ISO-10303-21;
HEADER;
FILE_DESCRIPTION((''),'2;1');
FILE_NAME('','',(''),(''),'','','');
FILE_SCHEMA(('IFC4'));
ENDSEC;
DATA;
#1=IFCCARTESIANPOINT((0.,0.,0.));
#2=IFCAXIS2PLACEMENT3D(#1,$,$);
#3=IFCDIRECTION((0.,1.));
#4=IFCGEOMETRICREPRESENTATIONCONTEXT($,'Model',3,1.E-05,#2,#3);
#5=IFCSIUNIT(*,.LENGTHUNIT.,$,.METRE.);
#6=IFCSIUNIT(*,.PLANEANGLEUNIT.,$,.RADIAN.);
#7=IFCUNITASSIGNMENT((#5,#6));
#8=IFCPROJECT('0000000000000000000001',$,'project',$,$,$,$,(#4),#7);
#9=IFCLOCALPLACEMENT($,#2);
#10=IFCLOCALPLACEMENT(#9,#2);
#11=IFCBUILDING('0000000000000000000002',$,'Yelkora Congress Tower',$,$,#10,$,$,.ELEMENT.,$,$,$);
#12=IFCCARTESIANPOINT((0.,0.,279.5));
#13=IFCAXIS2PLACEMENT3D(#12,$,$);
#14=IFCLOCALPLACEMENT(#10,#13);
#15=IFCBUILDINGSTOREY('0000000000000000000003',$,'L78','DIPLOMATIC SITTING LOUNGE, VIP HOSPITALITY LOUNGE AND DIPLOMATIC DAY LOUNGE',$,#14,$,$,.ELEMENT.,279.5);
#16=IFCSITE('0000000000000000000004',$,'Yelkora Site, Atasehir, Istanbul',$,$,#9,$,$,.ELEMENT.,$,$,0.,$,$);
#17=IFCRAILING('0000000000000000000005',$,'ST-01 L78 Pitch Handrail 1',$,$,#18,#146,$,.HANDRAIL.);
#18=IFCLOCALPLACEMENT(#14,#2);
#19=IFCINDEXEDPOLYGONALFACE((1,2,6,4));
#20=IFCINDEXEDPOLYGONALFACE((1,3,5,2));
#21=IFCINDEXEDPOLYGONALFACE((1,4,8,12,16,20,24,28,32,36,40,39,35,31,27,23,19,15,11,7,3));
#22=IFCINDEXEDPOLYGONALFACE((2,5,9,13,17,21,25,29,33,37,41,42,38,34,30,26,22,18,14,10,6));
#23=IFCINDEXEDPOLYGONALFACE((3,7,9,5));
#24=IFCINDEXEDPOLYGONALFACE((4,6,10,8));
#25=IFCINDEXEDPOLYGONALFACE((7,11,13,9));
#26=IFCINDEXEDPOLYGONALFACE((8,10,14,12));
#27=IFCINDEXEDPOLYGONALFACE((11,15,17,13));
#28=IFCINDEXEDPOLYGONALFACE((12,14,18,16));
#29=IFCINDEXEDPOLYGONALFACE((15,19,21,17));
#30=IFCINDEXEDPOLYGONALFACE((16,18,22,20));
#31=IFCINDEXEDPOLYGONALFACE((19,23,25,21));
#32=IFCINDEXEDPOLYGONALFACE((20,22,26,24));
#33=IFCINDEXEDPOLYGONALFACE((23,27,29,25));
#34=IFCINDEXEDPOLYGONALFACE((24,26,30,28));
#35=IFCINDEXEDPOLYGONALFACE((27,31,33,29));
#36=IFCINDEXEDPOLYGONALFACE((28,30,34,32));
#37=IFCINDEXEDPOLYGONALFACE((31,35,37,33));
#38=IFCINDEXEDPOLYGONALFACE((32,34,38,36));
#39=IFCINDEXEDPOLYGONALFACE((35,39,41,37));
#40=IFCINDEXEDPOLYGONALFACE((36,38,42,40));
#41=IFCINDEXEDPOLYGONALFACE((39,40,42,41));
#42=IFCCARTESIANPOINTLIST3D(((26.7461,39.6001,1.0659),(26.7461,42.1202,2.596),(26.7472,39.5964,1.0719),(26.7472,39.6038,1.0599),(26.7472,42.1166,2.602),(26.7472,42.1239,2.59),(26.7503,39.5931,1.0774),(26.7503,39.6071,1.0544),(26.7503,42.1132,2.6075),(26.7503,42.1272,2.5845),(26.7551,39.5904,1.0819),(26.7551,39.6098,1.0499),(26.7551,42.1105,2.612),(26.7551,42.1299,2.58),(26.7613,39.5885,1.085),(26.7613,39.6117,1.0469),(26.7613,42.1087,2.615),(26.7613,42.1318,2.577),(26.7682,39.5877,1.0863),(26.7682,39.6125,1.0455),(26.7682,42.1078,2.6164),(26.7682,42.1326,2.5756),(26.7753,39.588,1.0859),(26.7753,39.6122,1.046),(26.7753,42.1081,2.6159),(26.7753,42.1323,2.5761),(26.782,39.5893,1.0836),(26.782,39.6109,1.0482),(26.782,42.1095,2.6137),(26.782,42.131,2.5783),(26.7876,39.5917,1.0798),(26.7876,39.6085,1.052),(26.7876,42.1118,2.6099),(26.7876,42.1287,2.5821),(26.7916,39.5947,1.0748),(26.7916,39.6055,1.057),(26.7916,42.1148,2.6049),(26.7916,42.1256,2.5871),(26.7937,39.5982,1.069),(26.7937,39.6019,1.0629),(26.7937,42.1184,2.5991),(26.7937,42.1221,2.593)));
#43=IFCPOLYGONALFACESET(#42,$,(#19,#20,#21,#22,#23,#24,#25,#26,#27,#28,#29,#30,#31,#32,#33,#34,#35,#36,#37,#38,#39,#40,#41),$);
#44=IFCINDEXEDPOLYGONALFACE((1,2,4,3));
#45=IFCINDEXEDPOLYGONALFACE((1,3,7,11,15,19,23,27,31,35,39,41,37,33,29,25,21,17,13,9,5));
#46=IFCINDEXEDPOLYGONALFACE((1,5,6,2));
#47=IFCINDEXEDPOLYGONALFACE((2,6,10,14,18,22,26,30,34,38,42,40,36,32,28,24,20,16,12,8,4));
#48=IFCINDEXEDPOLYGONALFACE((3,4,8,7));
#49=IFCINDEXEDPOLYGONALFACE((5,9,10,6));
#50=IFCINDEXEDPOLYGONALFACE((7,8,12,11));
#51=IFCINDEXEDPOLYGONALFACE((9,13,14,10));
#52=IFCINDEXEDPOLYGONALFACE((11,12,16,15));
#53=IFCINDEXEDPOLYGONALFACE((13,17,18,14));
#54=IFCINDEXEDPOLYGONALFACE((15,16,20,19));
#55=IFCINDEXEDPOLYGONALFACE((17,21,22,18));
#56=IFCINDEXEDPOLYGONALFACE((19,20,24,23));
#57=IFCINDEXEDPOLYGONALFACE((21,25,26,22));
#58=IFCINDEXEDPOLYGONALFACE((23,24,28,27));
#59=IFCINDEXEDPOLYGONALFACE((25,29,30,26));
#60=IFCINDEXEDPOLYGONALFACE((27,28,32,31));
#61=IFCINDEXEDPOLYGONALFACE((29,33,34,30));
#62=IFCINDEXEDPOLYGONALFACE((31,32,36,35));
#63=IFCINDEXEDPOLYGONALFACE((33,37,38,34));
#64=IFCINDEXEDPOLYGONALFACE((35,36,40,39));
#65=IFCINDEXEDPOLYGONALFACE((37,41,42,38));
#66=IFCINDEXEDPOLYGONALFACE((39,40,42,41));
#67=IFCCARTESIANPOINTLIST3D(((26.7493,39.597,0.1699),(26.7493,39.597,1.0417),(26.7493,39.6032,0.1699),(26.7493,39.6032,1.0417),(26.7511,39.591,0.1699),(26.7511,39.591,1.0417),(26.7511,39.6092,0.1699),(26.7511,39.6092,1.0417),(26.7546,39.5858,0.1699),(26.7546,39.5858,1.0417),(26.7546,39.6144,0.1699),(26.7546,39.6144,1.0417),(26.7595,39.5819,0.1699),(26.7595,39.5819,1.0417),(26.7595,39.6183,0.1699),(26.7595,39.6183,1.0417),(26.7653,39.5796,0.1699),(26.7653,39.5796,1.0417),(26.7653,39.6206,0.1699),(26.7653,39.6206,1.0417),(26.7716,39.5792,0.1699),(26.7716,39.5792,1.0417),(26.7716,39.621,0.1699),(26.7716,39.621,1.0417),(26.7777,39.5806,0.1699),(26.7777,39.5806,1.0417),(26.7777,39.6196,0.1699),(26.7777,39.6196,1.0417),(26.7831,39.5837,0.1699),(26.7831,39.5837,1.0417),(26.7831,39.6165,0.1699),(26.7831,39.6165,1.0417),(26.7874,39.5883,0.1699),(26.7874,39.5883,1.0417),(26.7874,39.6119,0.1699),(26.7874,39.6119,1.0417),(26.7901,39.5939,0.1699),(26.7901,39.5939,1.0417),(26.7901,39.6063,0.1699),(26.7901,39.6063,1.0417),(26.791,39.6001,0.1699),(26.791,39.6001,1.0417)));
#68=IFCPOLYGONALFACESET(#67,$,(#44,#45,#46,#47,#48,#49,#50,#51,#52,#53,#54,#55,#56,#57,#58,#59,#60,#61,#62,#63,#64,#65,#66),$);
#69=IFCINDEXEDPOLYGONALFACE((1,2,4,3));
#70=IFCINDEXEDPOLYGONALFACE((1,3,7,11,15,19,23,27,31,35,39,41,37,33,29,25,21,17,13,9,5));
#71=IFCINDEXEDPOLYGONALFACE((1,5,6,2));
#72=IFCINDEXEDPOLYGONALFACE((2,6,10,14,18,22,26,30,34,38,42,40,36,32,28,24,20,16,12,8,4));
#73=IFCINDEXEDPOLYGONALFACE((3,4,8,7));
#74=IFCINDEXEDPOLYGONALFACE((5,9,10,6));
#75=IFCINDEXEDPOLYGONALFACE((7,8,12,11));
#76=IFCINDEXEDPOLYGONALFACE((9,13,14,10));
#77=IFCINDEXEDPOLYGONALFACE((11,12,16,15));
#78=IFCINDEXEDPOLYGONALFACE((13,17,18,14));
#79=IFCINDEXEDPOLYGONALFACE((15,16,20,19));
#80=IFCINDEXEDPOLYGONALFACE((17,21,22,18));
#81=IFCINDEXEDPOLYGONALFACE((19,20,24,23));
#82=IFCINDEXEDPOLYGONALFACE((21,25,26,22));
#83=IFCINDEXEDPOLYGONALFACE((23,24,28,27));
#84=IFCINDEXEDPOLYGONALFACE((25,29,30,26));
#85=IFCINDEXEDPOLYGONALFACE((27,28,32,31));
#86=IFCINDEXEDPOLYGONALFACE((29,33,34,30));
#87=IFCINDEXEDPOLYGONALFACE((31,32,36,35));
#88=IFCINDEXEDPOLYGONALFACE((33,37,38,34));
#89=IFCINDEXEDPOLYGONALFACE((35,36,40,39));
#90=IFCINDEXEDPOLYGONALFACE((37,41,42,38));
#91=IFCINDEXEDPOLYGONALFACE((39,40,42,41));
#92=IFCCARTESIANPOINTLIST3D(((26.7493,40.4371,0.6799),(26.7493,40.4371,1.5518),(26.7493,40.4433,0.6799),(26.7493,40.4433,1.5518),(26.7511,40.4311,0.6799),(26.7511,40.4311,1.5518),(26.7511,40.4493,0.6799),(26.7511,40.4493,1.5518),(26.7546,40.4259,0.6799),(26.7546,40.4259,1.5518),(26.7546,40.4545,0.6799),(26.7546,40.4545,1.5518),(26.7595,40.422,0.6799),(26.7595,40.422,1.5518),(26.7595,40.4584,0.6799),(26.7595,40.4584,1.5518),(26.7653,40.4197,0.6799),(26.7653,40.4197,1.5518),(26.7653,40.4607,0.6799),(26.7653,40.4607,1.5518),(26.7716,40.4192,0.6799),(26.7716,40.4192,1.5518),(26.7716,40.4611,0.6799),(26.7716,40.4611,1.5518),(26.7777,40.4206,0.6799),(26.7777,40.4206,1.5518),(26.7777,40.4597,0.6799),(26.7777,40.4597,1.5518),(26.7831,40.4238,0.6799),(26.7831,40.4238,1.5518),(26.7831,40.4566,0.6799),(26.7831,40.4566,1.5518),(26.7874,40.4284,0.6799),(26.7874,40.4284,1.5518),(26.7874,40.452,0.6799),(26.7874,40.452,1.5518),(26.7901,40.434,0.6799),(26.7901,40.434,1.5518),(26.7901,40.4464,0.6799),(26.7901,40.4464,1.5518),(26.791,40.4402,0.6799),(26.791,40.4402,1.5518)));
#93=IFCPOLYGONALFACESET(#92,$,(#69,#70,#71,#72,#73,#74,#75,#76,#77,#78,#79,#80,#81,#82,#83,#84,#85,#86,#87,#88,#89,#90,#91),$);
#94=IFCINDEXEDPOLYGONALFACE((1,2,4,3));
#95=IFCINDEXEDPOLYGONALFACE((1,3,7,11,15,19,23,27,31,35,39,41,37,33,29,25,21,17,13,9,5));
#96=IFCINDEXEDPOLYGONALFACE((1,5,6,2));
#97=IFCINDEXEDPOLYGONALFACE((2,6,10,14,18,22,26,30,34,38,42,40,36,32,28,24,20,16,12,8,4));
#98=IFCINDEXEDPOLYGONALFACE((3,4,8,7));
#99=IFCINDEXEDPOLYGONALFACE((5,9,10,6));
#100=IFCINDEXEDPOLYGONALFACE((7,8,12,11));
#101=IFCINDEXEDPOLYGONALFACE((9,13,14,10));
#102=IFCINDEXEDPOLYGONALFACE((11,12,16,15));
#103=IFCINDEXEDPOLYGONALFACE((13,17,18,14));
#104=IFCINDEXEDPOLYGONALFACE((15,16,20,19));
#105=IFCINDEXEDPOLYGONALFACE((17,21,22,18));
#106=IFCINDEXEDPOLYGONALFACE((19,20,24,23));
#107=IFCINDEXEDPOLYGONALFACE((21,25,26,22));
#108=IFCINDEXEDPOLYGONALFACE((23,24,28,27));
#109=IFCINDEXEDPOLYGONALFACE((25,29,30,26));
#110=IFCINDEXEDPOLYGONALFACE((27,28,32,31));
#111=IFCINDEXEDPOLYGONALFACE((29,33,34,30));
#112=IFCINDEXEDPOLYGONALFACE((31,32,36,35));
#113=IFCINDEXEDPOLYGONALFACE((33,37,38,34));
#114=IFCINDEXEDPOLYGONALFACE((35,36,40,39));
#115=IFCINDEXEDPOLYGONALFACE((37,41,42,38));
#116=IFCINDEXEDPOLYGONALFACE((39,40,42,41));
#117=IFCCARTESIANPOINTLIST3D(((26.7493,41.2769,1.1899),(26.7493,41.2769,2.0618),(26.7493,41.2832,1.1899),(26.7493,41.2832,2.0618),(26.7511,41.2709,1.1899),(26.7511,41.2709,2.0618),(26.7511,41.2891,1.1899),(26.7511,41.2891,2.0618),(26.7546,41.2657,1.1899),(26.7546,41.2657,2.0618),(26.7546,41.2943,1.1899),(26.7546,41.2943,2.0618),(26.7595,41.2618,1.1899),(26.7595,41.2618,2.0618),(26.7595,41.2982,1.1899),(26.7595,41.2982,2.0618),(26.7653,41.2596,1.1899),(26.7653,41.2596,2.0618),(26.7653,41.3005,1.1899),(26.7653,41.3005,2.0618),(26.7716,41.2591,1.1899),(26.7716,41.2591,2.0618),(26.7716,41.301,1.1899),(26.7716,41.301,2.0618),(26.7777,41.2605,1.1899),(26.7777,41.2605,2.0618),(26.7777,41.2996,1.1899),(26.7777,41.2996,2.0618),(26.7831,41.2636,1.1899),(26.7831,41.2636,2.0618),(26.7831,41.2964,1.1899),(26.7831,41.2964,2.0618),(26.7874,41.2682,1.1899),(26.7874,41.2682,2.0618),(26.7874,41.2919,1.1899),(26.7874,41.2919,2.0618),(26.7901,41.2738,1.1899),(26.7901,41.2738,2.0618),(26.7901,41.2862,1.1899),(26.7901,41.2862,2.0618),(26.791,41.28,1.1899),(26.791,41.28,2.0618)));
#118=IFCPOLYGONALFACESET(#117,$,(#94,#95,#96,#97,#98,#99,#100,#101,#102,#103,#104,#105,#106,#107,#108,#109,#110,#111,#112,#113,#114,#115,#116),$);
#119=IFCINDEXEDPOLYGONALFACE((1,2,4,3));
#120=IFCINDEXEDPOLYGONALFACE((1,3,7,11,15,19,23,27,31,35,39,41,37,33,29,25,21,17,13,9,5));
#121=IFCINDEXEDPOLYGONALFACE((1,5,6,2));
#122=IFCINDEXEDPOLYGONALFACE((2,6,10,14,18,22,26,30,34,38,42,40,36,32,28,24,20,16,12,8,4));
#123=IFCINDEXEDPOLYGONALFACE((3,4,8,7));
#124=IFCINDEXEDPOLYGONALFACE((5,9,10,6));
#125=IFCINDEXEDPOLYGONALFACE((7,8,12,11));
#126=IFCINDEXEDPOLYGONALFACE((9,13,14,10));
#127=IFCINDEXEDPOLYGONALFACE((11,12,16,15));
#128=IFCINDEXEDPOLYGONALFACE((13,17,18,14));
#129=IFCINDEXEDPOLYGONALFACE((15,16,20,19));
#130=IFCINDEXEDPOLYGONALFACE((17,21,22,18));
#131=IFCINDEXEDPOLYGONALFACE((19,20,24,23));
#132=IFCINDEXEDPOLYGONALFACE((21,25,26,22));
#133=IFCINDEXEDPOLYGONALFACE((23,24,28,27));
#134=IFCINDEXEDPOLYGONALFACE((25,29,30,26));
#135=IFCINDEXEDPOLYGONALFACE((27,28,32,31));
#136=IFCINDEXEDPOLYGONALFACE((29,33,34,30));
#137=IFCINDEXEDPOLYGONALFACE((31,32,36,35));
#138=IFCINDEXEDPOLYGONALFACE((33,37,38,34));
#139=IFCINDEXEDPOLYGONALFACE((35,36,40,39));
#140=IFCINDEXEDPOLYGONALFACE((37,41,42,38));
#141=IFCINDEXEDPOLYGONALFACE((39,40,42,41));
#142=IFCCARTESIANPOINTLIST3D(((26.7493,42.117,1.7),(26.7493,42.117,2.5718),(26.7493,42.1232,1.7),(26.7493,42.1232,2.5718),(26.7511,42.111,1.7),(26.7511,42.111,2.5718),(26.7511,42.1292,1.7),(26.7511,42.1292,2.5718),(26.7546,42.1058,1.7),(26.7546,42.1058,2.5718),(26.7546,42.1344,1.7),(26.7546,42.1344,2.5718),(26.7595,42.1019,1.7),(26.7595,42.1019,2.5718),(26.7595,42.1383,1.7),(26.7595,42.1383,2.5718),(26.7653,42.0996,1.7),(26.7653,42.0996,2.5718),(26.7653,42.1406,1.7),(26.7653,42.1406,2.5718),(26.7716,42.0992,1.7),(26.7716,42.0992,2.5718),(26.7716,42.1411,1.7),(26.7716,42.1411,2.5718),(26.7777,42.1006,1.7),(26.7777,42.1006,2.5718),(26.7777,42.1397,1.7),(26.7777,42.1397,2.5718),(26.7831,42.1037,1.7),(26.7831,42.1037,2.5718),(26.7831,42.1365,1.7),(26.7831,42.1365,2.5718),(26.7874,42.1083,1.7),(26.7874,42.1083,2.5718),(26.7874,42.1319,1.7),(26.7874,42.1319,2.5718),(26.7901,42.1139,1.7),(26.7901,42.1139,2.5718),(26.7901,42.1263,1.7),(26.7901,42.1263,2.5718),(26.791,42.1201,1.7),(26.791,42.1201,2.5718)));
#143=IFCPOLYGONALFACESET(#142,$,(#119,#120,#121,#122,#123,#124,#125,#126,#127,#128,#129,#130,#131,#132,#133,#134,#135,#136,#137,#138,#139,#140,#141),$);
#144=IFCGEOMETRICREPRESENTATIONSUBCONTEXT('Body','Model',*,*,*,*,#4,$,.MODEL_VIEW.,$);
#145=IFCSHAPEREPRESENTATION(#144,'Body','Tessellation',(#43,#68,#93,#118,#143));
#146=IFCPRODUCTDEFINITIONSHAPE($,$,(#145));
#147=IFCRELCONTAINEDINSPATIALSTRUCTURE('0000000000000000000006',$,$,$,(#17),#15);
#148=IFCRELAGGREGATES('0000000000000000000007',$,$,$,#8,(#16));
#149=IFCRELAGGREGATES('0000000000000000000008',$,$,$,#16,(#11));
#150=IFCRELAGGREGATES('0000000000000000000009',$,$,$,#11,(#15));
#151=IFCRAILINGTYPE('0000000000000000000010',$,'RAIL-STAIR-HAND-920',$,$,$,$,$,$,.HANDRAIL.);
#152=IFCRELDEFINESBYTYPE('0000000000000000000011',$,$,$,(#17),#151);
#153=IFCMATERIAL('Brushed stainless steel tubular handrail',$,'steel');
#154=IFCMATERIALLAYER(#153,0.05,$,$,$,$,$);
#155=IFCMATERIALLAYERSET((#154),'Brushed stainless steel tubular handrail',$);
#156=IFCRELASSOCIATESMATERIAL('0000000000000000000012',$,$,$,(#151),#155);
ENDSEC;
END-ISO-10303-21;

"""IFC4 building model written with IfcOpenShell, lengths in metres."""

from ifc_helpers import new_model, si_unit, direction, frame, origin, origin_2d, place, context, subcontext, project, spatial, circle, extrude, material, layer, layer_set, type_object, element, save


model = new_model("IFC4")

# Units and contexts
model_context = context("Model", 3, precision=1e-05, world=origin(), true_north=direction((0.0, 1.0)))
body_context = subcontext(model_context, "Body", "Model", "MODEL_VIEW")
ifc_project = project(units=[si_unit("LENGTHUNIT", "METRE"), si_unit("PLANEANGLEUNIT", "RADIAN")], contexts=[model_context])

# Site, building, storey
site_placement = place(None, origin())
site = spatial("IfcSite", under=ifc_project, at=site_placement, Name="Yelkora Site, Atasehir, Istanbul", CompositionType="ELEMENT", RefElevation=0.0)
building_placement = place(site_placement, origin())
building = spatial("IfcBuilding", under=site, at=building_placement, Name="Yelkora Congress Tower", CompositionType="ELEMENT")
storey_placement = place(building_placement, frame((0.0, 0.0, 279.5)))
storey = spatial("IfcBuildingStorey", under=building, at=storey_placement, Name="L78", Description="DIPLOMATIC SITTING LOUNGE, VIP HOSPITALITY LOUNGE AND DIPLOMATIC DAY LOUNGE", CompositionType="ELEMENT", Elevation=279.5)

# Railing
ifc_material_1 = material(Name="Brushed stainless steel tubular handrail", Category="steel")
ifc_layer_1 = layer(ifc_material_1, 0.05)
ifc_layer_set_1 = layer_set([ifc_layer_1], Name="Brushed stainless steel tubular handrail")
railing_type_1 = type_object("IfcRailingType", Name="RAIL-STAIR-HAND-920", PredefinedType="HANDRAIL", material=ifc_layer_set_1)
railing_1_placement = place(storey_placement, frame((26.77, 39.6001, 0.1699)))
element("IfcRailing", 1, at=railing_1_placement, inside=storey, type_object=railing_type_1, Name="ST-01 L78 Pitch Handrail 1", PredefinedType="HANDRAIL", context=body_context, shape_type="SweptSolid", body=[
    extrude(circle(Radius=0.0239, at=origin_2d()), frame((0.0, 0.0, 0.896), z_axis=(0.0, 0.854785, 0.518982), x_axis=(-1.0, 0.0, 0.0)), (0.0, 0.0, 1.0), 2.9482),
    extrude(circle(Radius=0.021, at=origin_2d()), origin(), (0.0, 0.0, 1.0), 0.8718),
    extrude(circle(Radius=0.021, at=origin_2d()), frame((0.0, 0.8401, 0.51)), (0.0, 0.0, 1.0), 0.8718),
    extrude(circle(Radius=0.021, at=origin_2d()), frame((0.0, 1.6799, 1.02)), (0.0, 0.0, 1.0), 0.8718),
    extrude(circle(Radius=0.021, at=origin_2d()), frame((0.0, 2.52, 1.53)), (0.0, 0.0, 1.0), 0.8718),
])

save(model, "model.ifc")
